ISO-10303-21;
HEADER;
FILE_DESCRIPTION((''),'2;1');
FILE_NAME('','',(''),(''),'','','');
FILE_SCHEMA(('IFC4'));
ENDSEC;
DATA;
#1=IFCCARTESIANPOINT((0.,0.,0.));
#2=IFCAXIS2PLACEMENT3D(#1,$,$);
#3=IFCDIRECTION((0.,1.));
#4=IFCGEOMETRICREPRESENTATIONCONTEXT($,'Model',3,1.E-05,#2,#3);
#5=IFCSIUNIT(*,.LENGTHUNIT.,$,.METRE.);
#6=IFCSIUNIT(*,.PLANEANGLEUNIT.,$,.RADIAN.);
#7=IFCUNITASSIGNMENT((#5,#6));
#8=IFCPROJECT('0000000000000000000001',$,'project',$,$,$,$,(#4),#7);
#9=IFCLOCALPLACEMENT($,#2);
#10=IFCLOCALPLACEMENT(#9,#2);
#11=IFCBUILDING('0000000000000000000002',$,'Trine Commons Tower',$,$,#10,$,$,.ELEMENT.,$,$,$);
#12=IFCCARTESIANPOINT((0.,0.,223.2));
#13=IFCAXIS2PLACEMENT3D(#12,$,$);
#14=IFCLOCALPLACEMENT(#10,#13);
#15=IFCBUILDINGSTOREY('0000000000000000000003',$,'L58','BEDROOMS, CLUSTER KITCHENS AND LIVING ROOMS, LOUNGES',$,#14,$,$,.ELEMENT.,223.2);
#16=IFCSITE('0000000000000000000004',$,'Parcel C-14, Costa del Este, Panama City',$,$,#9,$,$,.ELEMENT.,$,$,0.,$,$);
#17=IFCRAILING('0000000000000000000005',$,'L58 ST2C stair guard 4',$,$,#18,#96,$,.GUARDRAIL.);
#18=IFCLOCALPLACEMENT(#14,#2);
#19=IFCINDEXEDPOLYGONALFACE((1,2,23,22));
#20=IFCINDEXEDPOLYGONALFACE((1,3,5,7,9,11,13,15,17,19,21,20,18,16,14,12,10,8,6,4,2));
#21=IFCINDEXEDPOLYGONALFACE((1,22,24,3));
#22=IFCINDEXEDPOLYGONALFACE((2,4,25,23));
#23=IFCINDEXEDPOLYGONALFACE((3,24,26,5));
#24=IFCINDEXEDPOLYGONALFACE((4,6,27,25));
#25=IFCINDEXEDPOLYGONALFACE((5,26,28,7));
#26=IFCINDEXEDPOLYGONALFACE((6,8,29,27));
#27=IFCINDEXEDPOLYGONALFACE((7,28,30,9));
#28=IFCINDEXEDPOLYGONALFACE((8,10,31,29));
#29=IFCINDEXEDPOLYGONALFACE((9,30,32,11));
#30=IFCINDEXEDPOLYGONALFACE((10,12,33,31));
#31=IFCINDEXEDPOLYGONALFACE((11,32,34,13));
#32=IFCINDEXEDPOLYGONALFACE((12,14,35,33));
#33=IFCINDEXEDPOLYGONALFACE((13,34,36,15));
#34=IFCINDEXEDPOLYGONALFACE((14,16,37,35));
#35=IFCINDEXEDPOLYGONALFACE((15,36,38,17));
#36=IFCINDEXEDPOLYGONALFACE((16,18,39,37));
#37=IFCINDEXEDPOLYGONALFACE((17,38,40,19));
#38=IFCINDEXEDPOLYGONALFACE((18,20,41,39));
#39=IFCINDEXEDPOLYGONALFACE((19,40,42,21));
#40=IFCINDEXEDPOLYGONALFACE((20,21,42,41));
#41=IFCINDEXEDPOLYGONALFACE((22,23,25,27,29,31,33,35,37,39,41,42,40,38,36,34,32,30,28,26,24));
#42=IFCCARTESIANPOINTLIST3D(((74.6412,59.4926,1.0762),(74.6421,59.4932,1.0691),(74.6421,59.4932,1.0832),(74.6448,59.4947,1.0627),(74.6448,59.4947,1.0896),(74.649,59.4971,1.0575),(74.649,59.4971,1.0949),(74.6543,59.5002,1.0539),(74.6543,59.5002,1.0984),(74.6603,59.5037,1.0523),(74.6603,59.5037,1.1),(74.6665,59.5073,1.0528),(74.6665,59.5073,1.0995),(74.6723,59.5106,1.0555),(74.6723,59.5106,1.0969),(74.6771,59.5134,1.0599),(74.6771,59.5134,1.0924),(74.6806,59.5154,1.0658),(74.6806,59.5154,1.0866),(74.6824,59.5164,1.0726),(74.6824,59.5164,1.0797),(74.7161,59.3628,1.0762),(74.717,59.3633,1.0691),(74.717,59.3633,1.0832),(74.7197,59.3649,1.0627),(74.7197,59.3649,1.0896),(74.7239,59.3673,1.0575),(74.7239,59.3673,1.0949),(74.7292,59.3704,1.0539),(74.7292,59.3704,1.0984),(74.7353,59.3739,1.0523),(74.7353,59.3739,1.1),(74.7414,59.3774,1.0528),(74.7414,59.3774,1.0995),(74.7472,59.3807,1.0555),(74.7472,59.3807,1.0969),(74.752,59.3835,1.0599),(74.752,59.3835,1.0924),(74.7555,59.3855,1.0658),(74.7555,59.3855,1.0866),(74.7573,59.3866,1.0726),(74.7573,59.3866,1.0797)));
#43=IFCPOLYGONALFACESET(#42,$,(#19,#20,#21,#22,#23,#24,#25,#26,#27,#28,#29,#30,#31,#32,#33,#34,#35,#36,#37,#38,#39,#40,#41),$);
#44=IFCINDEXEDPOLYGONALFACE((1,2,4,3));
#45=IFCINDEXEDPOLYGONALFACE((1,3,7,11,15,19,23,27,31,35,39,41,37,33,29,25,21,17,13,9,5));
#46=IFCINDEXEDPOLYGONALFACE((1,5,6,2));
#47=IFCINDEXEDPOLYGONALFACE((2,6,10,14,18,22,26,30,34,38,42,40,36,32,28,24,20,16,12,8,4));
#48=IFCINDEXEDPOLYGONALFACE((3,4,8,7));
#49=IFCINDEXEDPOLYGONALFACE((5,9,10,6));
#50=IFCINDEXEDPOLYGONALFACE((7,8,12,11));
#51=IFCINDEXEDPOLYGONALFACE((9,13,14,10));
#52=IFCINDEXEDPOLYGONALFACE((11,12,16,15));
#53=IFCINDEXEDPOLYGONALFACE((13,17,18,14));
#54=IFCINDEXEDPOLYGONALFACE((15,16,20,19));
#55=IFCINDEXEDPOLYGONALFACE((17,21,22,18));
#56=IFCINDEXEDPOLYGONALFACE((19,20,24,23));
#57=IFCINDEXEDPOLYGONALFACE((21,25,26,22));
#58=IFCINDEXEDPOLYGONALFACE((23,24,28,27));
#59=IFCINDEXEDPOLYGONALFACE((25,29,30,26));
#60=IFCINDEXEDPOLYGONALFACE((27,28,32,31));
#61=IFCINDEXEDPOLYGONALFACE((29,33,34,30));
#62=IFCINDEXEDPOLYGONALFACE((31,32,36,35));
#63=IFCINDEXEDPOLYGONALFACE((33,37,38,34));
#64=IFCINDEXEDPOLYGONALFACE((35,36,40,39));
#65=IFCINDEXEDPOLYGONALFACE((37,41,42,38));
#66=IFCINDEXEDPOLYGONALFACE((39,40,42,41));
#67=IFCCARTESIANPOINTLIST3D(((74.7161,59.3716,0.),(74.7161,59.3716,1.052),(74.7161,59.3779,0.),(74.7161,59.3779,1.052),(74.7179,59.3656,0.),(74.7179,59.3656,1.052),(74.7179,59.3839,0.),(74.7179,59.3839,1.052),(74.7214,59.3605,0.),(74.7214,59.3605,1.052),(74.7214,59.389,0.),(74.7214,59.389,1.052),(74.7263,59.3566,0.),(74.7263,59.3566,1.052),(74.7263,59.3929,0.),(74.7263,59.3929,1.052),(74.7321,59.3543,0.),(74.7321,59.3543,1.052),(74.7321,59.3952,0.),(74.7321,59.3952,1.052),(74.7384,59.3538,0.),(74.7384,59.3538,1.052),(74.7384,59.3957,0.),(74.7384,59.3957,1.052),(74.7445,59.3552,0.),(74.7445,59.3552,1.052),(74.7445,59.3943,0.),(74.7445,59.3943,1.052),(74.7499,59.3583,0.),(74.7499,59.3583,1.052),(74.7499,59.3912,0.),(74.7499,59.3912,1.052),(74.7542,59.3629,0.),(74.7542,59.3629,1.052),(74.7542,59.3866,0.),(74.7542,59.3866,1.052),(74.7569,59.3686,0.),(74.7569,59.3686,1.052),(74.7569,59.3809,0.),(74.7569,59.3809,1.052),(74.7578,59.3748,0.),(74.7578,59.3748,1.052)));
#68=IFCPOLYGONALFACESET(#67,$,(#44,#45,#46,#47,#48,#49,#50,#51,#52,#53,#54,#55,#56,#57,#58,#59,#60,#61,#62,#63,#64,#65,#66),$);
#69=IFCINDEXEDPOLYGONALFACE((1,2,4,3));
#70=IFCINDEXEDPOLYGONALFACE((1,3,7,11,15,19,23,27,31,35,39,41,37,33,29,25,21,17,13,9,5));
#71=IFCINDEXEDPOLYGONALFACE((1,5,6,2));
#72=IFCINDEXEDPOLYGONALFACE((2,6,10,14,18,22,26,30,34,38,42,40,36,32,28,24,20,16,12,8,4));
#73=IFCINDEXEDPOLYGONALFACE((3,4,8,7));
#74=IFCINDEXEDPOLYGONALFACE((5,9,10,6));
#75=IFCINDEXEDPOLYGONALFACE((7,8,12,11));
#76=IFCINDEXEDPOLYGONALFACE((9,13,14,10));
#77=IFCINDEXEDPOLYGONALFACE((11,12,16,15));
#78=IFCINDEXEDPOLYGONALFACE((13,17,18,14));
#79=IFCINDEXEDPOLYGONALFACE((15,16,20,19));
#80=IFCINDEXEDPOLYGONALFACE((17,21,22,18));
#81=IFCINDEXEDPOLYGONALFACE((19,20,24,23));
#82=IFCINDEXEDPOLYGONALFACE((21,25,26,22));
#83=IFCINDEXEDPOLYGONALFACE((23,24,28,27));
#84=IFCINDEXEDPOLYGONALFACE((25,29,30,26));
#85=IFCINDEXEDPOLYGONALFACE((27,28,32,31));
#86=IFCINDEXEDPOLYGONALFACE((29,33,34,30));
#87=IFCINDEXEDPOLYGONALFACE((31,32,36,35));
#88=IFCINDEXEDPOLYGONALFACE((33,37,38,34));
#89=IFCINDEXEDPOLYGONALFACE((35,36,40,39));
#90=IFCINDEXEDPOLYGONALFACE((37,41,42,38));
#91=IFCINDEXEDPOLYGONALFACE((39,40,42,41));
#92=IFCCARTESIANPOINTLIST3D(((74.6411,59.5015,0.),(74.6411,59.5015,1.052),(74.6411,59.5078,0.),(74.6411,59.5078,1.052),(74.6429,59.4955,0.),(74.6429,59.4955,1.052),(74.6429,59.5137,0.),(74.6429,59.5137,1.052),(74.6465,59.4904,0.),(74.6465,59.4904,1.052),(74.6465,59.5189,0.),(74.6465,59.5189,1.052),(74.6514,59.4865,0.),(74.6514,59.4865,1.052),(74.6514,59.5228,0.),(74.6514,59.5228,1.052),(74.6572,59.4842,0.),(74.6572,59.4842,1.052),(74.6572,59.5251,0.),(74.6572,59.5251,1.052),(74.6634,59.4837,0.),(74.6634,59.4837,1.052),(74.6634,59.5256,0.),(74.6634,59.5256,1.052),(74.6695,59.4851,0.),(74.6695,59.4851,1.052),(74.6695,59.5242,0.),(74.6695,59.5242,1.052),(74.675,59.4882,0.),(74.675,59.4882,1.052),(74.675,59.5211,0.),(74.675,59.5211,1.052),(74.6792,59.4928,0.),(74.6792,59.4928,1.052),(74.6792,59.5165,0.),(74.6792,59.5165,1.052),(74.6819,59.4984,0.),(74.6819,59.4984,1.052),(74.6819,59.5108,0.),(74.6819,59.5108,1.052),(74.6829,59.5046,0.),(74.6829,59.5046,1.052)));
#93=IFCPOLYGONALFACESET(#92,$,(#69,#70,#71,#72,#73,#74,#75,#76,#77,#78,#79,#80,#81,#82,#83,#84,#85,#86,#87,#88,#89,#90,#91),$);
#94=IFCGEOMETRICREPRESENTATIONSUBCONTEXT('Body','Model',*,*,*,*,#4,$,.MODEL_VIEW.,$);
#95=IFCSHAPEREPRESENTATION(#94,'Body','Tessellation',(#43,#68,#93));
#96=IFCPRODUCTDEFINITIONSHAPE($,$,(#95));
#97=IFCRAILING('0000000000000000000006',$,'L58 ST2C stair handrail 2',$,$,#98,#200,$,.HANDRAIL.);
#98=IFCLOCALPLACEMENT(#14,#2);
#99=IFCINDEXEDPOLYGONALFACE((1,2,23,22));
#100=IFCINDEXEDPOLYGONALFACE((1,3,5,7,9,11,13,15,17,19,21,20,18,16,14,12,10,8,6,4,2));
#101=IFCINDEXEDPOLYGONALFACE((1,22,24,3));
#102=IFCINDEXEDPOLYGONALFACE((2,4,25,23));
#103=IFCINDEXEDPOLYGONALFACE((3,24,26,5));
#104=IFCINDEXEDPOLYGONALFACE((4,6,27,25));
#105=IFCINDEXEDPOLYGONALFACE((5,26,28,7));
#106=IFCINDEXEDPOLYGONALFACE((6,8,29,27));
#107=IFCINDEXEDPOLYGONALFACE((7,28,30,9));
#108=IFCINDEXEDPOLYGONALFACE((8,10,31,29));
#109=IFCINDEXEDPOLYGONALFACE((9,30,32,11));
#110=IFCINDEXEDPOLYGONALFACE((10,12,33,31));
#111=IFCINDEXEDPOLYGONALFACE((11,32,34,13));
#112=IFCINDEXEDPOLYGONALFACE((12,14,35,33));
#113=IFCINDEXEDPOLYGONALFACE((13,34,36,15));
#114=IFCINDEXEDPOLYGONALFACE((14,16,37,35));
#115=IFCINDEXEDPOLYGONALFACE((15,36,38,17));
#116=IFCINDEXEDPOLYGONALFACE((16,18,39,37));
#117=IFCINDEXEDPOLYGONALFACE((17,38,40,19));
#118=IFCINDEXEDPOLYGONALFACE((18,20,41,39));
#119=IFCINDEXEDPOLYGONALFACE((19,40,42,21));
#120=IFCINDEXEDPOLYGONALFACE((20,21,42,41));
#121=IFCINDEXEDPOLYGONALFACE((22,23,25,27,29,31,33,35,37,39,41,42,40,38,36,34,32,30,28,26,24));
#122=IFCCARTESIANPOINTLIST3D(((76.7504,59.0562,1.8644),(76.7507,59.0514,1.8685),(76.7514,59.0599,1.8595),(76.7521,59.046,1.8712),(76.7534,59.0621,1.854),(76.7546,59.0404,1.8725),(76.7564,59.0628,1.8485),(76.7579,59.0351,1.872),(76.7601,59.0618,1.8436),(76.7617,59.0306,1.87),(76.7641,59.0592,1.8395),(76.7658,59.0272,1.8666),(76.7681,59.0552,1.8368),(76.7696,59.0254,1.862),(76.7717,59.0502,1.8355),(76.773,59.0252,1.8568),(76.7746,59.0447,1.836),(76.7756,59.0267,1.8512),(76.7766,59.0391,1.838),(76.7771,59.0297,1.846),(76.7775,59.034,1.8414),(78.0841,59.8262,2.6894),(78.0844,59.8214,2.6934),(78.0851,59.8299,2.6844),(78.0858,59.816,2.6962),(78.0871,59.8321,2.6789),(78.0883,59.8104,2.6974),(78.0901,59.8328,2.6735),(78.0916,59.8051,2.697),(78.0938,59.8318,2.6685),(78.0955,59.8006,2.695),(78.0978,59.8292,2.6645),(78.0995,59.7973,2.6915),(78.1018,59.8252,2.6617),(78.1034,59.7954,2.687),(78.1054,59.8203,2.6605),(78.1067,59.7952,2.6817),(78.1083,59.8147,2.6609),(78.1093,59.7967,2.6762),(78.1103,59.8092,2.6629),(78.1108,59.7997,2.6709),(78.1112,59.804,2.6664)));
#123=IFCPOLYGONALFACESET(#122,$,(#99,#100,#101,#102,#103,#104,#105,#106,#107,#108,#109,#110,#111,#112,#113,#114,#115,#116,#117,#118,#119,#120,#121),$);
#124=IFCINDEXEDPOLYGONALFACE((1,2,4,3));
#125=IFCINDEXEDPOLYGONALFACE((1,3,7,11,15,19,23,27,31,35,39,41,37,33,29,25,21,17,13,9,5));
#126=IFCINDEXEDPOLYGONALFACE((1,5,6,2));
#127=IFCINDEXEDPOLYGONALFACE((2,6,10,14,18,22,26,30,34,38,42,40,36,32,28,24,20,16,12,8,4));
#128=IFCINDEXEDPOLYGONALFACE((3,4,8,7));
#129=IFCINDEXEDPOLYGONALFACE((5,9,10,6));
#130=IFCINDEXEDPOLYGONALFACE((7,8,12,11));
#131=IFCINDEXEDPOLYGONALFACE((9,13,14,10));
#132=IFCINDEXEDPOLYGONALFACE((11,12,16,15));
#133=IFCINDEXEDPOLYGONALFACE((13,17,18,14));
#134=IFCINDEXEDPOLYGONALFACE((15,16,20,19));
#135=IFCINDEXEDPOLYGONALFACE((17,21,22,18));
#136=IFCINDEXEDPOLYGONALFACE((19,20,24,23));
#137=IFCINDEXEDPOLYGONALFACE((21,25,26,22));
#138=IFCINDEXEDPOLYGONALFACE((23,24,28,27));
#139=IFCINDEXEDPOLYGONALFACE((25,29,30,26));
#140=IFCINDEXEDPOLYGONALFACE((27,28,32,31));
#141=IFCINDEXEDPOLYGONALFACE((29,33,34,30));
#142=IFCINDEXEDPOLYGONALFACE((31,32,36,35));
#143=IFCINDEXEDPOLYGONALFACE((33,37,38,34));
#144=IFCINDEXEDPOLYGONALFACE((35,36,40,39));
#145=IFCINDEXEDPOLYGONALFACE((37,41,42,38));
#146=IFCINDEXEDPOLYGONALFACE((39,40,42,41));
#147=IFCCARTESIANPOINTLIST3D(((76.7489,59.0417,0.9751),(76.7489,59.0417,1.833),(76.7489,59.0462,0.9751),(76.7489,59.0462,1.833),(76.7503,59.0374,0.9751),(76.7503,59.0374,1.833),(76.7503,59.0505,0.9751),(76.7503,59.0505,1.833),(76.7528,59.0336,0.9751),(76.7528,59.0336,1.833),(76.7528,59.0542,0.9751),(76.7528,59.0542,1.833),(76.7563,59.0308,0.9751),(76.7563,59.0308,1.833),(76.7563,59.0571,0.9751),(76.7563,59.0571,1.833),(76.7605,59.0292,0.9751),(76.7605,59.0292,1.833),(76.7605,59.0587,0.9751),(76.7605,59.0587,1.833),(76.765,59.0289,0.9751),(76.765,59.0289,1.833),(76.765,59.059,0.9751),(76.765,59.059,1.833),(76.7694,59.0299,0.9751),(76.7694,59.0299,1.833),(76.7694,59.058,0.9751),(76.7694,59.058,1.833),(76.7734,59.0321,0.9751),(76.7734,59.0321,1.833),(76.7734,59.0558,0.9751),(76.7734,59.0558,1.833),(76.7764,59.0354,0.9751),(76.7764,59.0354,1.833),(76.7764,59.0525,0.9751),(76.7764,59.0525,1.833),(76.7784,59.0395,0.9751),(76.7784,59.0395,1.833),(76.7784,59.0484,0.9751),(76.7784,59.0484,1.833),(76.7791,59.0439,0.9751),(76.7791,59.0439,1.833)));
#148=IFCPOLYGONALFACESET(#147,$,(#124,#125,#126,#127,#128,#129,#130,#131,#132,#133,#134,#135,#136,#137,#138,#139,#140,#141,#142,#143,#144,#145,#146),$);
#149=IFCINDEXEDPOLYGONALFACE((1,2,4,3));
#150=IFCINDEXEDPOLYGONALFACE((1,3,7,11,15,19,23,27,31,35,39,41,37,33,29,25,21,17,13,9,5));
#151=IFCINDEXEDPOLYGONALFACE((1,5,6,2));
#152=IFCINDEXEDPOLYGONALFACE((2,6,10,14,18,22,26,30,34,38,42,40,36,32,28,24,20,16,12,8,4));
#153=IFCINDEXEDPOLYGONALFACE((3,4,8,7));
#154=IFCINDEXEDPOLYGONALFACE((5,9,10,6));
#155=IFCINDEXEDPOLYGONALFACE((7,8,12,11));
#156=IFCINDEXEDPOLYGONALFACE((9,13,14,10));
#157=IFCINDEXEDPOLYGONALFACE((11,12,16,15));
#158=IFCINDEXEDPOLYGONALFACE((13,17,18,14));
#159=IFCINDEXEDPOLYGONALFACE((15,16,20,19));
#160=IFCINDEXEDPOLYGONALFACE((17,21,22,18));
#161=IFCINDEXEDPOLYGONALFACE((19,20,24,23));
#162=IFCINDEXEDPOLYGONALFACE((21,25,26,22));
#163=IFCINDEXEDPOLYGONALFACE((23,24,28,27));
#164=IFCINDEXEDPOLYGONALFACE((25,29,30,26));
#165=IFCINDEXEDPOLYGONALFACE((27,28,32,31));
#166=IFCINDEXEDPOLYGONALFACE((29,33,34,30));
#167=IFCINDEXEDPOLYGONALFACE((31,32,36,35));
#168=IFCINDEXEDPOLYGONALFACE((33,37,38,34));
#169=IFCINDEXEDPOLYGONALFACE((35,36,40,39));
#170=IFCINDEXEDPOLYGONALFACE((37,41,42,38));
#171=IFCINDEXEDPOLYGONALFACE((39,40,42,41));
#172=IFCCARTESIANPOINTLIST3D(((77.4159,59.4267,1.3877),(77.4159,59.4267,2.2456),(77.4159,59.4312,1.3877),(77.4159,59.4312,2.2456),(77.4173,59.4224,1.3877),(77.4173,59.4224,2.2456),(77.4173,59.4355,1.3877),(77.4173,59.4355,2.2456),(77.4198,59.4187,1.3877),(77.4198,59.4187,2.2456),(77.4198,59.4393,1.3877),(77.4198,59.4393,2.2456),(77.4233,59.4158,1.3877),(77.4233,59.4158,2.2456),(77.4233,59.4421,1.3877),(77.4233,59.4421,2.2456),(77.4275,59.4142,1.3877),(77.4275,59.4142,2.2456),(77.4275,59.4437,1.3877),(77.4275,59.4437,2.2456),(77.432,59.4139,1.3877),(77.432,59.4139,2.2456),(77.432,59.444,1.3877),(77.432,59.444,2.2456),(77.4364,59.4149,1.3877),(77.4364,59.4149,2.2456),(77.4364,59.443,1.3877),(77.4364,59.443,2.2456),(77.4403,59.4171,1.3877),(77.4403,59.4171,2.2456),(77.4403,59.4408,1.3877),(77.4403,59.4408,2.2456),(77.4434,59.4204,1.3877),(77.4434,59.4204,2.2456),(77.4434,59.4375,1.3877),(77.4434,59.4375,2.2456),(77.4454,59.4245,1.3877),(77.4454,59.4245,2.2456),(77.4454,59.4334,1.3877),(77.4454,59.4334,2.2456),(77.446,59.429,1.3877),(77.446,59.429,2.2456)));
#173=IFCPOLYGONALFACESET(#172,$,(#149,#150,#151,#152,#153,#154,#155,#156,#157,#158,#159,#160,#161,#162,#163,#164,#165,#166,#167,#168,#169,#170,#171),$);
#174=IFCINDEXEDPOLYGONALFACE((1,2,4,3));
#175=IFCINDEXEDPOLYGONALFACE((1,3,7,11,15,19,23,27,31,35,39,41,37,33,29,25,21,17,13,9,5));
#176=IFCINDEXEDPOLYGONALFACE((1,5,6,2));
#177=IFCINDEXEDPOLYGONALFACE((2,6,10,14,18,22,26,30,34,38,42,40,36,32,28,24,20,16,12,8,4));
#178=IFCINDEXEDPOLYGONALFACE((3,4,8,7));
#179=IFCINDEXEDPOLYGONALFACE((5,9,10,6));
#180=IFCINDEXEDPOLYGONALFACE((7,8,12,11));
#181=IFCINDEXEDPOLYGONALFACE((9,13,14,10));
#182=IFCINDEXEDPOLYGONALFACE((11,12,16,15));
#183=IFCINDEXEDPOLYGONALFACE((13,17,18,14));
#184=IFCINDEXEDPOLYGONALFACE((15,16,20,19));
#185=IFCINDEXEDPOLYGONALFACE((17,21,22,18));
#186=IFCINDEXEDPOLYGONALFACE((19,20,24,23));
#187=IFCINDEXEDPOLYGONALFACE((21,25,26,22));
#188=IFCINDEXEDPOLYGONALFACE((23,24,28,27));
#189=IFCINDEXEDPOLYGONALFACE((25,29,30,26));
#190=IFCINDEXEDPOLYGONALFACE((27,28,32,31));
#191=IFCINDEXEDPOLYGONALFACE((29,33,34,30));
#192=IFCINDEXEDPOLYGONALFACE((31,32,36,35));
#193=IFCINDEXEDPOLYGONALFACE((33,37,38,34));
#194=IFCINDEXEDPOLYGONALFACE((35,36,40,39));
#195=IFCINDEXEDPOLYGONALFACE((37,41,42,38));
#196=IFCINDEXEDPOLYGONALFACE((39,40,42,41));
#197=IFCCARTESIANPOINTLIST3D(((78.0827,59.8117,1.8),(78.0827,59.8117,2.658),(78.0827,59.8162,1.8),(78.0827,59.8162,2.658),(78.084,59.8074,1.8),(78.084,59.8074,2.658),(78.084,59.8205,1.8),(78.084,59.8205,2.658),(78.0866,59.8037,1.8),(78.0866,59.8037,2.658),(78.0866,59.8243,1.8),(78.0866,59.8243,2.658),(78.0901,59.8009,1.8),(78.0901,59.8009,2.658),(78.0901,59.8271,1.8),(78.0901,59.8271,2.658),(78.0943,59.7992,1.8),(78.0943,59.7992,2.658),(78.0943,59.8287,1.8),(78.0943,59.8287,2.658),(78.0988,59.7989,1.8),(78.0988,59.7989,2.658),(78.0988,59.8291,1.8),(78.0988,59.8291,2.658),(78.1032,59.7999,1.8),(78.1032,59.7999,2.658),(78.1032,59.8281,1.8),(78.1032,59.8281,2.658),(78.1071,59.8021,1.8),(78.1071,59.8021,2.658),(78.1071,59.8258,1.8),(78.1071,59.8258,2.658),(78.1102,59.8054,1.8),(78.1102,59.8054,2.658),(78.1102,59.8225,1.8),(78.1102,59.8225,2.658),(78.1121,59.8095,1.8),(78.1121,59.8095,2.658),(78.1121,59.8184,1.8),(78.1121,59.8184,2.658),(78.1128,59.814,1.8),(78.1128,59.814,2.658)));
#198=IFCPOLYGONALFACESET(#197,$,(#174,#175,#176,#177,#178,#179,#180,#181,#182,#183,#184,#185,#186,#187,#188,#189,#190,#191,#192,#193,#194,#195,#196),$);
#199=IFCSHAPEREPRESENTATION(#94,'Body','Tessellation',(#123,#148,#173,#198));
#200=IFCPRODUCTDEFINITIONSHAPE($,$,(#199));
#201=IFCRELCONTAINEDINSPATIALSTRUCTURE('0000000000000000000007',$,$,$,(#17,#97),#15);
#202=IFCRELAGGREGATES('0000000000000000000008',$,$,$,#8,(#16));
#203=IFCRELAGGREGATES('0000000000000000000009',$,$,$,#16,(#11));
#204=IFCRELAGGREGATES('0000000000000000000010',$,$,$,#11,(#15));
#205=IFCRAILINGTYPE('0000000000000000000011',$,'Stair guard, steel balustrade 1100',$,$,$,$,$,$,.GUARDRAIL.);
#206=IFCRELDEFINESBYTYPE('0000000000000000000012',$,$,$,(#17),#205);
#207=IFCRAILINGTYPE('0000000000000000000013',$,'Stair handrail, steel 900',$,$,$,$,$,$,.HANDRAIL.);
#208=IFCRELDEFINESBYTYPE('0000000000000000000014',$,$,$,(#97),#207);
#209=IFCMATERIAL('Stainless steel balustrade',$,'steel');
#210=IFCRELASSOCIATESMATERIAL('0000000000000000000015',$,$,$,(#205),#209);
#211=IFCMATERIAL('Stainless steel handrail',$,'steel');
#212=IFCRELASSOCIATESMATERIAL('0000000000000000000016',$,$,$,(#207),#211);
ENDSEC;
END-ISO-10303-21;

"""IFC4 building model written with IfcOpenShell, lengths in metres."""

from ifc_helpers import new_model, si_unit, direction, frame, origin, origin_2d, place, context, subcontext, project, spatial, circle, extrude, material, type_object, element, save


model = new_model("IFC4")

# Units and contexts
model_context = context("Model", 3, precision=1e-05, world=origin(), true_north=direction((0.0, 1.0)))
body_context = subcontext(model_context, "Body", "Model", "MODEL_VIEW")
ifc_project = project(units=[si_unit("LENGTHUNIT", "METRE"), si_unit("PLANEANGLEUNIT", "RADIAN")], contexts=[model_context])

# Site, building, storey
site_placement = place(None, origin())
site = spatial("IfcSite", under=ifc_project, at=site_placement, Name="Parcel C-14, Costa del Este, Panama City", CompositionType="ELEMENT", RefElevation=0.0)
building_placement = place(site_placement, origin())
building = spatial("IfcBuilding", under=site, at=building_placement, Name="Trine Commons Tower", CompositionType="ELEMENT")
storey_placement = place(building_placement, frame((0.0, 0.0, 223.2)))
storey = spatial("IfcBuildingStorey", under=building, at=storey_placement, Name="L58", Description="BEDROOMS, CLUSTER KITCHENS AND LIVING ROOMS, LOUNGES", CompositionType="ELEMENT", Elevation=223.2)

# Railings
ifc_material_1 = material(Name="Stainless steel balustrade", Category="steel")
railing_type_1 = type_object("IfcRailingType", Name="Stair guard, steel balustrade 1100", PredefinedType="GUARDRAIL", material=ifc_material_1)
railing_1_placement = place(storey_placement, frame((74.7368, 59.3748, 0.0)))
element("IfcRailing", 1, at=railing_1_placement, inside=storey, type_object=railing_type_1, Name="L58 ST2C stair guard 4", PredefinedType="GUARDRAIL", context=body_context, shape_type="SweptSolid", body=[
    extrude(circle(Radius=0.0239, at=origin_2d()), frame((0.0, 0.0, 1.0762), z_axis=(-0.499816, 0.866131, 0.0), x_axis=(-0.866131, -0.499816, 0.0)), (0.0, 0.0, 1.0), 0.1499),
    extrude(circle(Radius=0.021, at=origin_2d()), origin(), (0.0, 0.0, 1.0), 1.052),
    extrude(circle(Radius=0.021, at=origin_2d()), frame((-0.075, 0.1299, 0.0)), (0.0, 0.0, 1.0), 1.052),
])
ifc_material_2 = material(Name="Stainless steel handrail", Category="steel")
railing_type_2 = type_object("IfcRailingType", Name="Stair handrail, steel 900", PredefinedType="HANDRAIL", material=ifc_material_2)
railing_2_placement = place(storey_placement, frame((76.7639, 59.0439, 0.9751)))
element("IfcRailing", 2, at=railing_2_placement, inside=storey, type_object=railing_type_2, Name="L58 ST2C stair handrail 2", PredefinedType="HANDRAIL", context=body_context, shape_type="SweptSolid", body=[
    extrude(circle(Radius=0.021, at=origin_2d()), frame((0.0, 0.0, 0.8789), z_axis=(0.763405, 0.440743, 0.472185), x_axis=(-0.499992, 0.86603, 0.0)), (0.0, 0.0, 1.0), 1.7471),
    extrude(circle(Radius=0.0151, at=origin_2d()), origin(), (0.0, 0.0, 1.0), 0.8579),
    extrude(circle(Radius=0.0151, at=origin_2d()), frame((0.667, 0.385, 0.4126)), (0.0, 0.0, 1.0), 0.8579),
    extrude(circle(Radius=0.0151, at=origin_2d()), frame((1.3337, 0.77, 0.825)), (0.0, 0.0, 1.0), 0.8579),
])

save(model, "model.ifc")
